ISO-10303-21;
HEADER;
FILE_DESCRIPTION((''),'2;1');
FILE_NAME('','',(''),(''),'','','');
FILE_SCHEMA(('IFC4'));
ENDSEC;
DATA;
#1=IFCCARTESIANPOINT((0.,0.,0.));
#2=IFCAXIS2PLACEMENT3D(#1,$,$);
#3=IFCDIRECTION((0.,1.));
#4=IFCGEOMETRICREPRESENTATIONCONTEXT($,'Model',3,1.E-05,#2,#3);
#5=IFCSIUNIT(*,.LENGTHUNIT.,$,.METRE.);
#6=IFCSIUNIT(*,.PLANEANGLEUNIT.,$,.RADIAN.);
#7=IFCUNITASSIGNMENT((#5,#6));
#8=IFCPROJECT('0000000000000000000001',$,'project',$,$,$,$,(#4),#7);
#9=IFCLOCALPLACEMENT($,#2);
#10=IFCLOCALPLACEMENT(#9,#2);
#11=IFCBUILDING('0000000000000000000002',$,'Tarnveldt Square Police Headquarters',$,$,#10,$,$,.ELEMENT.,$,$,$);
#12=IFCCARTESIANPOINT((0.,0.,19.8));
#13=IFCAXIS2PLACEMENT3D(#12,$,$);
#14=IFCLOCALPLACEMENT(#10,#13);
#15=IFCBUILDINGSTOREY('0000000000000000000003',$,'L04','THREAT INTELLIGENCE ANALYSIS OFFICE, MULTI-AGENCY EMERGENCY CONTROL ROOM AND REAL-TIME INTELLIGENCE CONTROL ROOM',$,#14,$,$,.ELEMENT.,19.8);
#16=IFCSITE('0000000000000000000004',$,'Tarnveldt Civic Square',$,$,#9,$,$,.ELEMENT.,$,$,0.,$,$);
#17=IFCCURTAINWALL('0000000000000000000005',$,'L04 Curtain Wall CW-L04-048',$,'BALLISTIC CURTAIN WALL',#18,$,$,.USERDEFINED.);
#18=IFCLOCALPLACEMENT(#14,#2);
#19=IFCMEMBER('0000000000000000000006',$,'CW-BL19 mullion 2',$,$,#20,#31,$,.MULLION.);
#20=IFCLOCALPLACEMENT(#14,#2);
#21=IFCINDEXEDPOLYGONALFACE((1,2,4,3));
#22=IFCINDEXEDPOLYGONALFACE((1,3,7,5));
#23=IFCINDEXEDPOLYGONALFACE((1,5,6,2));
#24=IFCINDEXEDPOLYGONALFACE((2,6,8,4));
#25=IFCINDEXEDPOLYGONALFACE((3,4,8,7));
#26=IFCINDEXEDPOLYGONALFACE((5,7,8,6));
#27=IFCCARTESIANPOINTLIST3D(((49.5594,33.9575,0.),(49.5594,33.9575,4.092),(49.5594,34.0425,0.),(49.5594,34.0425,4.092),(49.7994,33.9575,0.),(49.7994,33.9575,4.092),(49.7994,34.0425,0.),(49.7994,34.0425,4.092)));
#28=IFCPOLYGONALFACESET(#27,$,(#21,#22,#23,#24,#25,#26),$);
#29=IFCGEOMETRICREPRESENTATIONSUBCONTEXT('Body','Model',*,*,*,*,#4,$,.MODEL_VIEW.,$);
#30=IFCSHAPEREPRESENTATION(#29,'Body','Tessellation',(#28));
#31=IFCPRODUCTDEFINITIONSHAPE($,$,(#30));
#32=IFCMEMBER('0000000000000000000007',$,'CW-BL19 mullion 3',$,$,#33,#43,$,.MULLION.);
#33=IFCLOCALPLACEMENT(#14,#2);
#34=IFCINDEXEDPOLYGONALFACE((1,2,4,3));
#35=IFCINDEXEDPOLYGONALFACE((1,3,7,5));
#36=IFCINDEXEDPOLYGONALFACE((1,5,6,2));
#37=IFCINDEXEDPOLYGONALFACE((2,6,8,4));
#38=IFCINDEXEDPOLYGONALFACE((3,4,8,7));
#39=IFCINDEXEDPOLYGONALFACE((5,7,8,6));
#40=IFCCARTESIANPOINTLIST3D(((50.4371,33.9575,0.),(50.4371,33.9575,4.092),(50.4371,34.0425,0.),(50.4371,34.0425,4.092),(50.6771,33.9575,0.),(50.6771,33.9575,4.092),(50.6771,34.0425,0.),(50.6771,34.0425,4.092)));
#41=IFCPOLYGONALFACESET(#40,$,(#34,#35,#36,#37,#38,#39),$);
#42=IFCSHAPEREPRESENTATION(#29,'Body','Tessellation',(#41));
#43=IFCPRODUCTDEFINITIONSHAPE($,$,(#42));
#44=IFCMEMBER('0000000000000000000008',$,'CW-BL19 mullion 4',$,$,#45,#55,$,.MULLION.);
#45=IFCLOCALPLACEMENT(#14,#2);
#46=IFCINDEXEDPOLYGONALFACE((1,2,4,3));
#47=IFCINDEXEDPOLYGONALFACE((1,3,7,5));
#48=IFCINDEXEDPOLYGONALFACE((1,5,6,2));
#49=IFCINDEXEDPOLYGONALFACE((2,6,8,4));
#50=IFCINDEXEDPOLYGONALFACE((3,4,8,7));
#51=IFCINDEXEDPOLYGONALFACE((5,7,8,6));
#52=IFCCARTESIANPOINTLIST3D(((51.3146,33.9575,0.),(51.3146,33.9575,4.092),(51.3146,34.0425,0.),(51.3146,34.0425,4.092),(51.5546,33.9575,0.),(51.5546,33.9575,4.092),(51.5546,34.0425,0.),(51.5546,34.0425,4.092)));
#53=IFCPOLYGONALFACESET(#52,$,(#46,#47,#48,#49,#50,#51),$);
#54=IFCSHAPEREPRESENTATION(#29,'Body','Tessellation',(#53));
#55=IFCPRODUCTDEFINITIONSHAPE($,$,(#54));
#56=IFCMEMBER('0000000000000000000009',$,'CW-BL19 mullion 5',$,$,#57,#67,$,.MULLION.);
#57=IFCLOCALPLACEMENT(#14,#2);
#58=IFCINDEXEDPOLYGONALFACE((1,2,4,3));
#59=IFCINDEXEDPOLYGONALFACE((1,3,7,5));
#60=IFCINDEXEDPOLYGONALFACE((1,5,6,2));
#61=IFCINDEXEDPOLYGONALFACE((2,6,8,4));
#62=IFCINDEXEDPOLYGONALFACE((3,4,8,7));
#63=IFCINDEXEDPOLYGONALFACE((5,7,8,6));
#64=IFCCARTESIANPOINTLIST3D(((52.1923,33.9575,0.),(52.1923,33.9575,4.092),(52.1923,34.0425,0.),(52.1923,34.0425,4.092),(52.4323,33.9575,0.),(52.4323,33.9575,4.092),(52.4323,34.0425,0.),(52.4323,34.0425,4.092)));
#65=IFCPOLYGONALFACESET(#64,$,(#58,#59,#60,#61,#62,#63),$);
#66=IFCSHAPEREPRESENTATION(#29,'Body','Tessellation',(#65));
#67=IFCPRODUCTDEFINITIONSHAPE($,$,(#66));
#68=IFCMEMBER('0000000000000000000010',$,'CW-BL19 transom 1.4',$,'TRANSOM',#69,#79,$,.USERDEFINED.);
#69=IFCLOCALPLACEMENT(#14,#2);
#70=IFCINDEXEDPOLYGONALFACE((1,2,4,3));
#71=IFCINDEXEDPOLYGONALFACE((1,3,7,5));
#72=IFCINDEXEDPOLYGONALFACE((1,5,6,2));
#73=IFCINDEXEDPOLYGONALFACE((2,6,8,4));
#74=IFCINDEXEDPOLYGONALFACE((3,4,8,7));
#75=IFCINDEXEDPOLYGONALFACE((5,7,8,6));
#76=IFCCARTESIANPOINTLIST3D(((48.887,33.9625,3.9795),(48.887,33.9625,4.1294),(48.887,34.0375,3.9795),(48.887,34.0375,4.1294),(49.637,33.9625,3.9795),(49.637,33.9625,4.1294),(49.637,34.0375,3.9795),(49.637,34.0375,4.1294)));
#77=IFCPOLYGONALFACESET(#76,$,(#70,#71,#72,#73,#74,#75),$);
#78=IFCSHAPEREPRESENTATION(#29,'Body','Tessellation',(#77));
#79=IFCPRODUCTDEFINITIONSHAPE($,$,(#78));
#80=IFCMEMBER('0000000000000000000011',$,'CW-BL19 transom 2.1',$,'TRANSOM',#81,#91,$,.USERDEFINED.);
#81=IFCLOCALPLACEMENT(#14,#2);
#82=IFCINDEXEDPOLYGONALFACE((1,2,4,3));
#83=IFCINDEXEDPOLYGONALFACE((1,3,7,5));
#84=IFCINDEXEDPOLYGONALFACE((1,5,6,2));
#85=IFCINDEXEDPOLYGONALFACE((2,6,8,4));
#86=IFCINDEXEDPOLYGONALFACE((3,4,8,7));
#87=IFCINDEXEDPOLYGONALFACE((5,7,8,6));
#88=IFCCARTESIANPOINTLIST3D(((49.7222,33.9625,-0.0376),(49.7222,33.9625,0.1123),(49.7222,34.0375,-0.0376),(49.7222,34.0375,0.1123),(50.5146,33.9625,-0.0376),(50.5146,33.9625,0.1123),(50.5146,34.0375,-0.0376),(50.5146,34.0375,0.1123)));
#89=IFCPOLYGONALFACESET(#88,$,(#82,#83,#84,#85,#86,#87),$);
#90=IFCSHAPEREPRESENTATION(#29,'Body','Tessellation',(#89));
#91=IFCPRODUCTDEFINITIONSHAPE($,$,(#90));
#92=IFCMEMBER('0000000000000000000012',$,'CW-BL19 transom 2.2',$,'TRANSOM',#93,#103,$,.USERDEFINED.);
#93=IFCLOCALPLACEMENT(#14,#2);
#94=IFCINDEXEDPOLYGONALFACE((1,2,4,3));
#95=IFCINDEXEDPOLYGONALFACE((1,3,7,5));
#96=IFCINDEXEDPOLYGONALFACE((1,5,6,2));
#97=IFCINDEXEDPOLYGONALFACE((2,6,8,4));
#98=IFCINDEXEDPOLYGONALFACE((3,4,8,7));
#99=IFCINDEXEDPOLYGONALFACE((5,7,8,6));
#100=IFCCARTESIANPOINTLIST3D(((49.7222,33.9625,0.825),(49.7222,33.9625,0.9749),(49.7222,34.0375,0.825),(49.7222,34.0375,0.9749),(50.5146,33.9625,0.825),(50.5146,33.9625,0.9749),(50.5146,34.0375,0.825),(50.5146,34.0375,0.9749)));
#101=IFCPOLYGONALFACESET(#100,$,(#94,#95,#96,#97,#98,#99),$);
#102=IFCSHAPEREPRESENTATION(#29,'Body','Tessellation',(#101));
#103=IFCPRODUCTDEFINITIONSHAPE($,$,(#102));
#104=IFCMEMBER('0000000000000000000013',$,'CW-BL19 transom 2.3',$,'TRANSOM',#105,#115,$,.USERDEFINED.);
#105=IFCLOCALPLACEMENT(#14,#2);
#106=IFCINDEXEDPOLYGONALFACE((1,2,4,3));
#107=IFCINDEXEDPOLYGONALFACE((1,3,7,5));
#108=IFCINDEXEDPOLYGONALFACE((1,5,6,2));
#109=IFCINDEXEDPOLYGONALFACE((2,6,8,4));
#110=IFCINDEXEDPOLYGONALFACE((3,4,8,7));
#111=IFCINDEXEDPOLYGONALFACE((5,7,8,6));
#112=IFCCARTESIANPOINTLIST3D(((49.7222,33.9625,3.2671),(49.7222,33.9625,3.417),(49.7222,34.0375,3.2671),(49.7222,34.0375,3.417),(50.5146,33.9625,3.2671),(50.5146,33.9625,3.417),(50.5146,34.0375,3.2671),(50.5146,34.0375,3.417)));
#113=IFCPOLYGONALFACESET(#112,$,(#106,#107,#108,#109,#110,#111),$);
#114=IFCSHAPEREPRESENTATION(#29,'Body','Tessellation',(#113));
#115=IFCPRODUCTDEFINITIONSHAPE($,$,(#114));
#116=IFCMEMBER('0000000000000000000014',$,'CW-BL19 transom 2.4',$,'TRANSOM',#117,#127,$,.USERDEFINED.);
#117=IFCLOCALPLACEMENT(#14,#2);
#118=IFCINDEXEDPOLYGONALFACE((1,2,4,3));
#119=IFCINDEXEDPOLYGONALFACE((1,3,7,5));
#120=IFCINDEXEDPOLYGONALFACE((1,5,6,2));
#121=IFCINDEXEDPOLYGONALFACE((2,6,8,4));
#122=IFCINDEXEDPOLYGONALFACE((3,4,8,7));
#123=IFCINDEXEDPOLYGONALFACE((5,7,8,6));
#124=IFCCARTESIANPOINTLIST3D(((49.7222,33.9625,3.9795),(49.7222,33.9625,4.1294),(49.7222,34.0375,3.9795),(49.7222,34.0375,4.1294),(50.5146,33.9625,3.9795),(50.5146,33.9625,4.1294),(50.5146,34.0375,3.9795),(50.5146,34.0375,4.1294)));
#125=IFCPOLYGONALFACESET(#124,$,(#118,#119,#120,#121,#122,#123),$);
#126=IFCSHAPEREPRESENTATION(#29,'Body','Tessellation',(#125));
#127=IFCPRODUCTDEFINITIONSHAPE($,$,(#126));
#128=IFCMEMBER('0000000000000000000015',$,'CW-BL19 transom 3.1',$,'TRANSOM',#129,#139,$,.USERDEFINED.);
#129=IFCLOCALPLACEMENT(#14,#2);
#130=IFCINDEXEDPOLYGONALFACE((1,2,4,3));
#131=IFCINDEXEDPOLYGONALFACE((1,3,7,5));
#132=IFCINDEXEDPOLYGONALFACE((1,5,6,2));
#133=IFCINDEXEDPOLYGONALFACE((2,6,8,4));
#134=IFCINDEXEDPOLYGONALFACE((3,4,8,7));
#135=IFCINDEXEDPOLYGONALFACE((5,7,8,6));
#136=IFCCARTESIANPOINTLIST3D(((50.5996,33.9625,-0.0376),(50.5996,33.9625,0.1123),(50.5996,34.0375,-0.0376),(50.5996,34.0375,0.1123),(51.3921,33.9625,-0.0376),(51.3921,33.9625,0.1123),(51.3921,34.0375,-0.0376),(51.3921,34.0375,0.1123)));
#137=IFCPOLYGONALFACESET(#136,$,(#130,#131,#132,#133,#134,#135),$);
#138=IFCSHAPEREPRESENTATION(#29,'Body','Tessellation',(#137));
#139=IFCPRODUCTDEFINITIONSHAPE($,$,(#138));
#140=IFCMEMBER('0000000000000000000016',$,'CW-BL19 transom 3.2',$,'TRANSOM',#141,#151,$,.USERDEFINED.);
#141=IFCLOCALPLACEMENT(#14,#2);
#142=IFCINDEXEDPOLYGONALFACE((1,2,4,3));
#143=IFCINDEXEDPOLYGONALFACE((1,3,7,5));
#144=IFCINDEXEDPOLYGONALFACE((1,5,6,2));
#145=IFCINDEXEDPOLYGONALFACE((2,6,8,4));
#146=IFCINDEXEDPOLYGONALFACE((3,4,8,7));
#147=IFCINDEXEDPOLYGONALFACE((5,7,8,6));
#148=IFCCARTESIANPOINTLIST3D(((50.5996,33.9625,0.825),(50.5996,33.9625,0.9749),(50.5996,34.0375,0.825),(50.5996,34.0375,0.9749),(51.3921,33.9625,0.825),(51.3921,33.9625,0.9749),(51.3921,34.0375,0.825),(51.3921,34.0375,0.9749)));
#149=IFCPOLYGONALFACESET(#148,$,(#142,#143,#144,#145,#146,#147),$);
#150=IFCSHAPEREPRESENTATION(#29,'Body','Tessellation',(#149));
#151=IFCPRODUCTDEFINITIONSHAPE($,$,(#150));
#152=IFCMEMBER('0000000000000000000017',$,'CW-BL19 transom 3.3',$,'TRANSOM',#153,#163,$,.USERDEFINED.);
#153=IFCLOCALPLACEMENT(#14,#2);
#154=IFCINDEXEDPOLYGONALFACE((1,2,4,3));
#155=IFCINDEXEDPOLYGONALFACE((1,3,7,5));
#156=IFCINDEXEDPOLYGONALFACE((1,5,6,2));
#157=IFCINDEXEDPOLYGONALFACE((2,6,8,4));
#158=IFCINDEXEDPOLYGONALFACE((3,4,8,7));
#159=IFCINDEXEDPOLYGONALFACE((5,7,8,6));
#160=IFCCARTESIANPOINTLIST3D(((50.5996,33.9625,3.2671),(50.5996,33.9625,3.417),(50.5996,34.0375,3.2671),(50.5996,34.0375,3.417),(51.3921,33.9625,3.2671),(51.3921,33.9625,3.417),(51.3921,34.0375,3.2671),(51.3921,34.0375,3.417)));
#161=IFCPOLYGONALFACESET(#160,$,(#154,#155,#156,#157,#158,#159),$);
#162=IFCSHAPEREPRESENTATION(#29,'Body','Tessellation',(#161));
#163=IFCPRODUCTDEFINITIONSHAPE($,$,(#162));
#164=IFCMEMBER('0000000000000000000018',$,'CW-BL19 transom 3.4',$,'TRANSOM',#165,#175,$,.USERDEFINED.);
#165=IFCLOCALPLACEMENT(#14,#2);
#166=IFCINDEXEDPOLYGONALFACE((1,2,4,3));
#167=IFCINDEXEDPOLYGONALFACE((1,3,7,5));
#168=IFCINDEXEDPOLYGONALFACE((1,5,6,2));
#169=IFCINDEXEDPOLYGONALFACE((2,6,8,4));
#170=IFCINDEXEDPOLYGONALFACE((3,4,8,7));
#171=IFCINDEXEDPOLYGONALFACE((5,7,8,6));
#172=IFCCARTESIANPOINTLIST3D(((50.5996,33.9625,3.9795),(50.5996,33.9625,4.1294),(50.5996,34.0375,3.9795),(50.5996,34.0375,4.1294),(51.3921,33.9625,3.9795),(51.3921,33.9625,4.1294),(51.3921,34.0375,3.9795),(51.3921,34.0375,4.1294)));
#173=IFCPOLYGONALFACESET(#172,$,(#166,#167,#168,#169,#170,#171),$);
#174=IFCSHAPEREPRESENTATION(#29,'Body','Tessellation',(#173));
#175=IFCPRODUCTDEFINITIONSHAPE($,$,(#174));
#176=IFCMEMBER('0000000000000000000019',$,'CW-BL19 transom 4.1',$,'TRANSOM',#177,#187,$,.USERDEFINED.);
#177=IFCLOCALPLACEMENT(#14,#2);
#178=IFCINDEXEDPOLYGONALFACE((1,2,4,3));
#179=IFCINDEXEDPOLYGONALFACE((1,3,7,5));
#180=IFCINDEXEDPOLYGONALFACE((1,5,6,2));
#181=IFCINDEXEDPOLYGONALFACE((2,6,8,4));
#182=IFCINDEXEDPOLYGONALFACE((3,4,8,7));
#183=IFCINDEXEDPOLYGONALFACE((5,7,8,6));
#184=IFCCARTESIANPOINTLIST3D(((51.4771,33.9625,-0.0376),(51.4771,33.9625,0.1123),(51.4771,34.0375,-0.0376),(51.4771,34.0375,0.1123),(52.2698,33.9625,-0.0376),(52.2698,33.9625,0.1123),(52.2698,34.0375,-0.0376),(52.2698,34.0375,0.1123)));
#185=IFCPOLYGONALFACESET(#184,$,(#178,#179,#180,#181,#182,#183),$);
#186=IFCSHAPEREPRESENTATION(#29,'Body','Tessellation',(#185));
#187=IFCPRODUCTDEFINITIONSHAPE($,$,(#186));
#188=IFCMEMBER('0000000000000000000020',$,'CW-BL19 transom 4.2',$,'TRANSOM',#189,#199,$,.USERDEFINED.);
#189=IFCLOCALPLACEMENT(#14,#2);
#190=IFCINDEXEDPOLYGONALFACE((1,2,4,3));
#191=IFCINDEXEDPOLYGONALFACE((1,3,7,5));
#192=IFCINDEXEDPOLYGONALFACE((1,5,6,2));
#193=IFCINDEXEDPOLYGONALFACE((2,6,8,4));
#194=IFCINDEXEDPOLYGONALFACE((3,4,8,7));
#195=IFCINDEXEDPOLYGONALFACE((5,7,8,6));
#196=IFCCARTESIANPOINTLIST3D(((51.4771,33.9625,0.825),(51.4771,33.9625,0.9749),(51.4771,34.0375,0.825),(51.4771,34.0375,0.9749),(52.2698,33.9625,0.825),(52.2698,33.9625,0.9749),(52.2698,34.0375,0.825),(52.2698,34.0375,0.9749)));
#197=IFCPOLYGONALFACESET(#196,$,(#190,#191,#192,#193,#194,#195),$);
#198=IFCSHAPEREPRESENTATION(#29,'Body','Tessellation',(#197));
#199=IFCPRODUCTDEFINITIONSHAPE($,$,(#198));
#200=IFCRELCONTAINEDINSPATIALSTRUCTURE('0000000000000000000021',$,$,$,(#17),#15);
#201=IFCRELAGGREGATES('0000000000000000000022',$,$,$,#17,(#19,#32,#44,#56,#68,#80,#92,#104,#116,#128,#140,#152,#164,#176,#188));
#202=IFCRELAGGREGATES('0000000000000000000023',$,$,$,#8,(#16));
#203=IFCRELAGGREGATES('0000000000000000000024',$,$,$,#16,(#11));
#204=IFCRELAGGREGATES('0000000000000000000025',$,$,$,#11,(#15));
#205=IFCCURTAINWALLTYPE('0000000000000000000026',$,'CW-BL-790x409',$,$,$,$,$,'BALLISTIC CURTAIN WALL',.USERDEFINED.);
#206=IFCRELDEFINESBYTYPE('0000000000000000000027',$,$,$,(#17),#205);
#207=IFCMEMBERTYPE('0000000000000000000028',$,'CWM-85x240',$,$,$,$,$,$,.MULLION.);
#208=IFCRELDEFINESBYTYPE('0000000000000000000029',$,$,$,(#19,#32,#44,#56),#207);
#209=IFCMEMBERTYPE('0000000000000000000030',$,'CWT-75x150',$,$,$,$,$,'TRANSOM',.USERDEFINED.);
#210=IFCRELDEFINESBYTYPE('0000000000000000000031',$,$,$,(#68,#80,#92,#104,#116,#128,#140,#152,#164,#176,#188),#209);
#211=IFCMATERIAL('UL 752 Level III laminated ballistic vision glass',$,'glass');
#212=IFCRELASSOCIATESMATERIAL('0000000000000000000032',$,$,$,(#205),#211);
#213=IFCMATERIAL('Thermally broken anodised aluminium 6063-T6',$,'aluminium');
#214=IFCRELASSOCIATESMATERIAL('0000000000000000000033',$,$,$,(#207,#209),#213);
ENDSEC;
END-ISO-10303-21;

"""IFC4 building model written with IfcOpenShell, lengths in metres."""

from ifc_helpers import new_model, si_unit, direction, frame, origin, origin_2d, place, context, subcontext, project, spatial, rectangle, extrude, material, material_profile, profile_set, type_object, element, aggregate, save


model = new_model("IFC4")

# Units and contexts
model_context = context("Model", 3, precision=1e-05, world=origin(), true_north=direction((0.0, 1.0)))
body_context = subcontext(model_context, "Body", "Model", "MODEL_VIEW")
ifc_project = project(units=[si_unit("LENGTHUNIT", "METRE"), si_unit("PLANEANGLEUNIT", "RADIAN")], contexts=[model_context])

# Site, building, storey
site_placement = place(None, origin())
site = spatial("IfcSite", under=ifc_project, at=site_placement, Name="Tarnveldt Civic Square", CompositionType="ELEMENT", RefElevation=0.0)
building_placement = place(site_placement, origin())
building = spatial("IfcBuilding", under=site, at=building_placement, Name="Tarnveldt Square Police Headquarters", CompositionType="ELEMENT")
storey_placement = place(building_placement, frame((0.0, 0.0, 19.8)))
storey = spatial("IfcBuildingStorey", under=building, at=storey_placement, Name="L04", Description="THREAT INTELLIGENCE ANALYSIS OFFICE, MULTI-AGENCY EMERGENCY CONTROL ROOM AND REAL-TIME INTELLIGENCE CONTROL ROOM", CompositionType="ELEMENT", Elevation=19.8)

# Curtain wall, members
ifc_material_1 = material(Name="UL 752 Level III laminated ballistic vision glass", Category="glass")
curtain_wall_type = type_object("IfcCurtainWallType", Name="CW-BL-790x409", ElementType="BALLISTIC CURTAIN WALL", PredefinedType="USERDEFINED", material=ifc_material_1)
curtain_wall_placement = place(storey_placement, origin())
curtain_wall = element("IfcCurtainWall", 1, at=curtain_wall_placement, inside=storey, type_object=curtain_wall_type, Name="L04 Curtain Wall CW-L04-048", ObjectType="BALLISTIC CURTAIN WALL", PredefinedType="USERDEFINED")
ifc_material_2 = material(Name="Thermally broken anodised aluminium 6063-T6", Category="aluminium")
ifc_material_profile_1 = material_profile(ifc_material_2, rectangle(XDim=0.085, YDim=0.24, at=origin_2d()), Name="CW-M85x240")
ifc_profile_set_1 = profile_set([ifc_material_profile_1], Name="Thermally broken anodised aluminium 6063-T6")
member_type_1 = type_object("IfcMemberType", Name="CWM-85x240", PredefinedType="MULLION", material=ifc_profile_set_1)
member_1_placement = place(storey_placement, frame((49.6794, 34.0, 0.0), z_axis=(0.0, 0.0, 1.0), x_axis=(0.0, 1.0, 0.0)))
member_1 = element("IfcMember", 2, at=member_1_placement, type_object=member_type_1, Name="CW-BL19 mullion 2", PredefinedType="MULLION", context=body_context, shape_type="SweptSolid", body=[
    extrude(rectangle(XDim=0.085, YDim=0.24, at=origin_2d()), origin(), (0.0, 0.0, 1.0), 4.092),
])
member_2_placement = place(storey_placement, frame((50.5571, 34.0, 0.0), z_axis=(0.0, 0.0, 1.0), x_axis=(0.0, 1.0, 0.0)))
member_2 = element("IfcMember", 3, at=member_2_placement, type_object=member_type_1, Name="CW-BL19 mullion 3", PredefinedType="MULLION", context=body_context, shape_type="SweptSolid", body=[
    extrude(rectangle(XDim=0.085, YDim=0.24, at=origin_2d()), origin(), (0.0, 0.0, 1.0), 4.092),
])
member_3_placement = place(storey_placement, frame((51.4346, 34.0, 0.0), z_axis=(0.0, 0.0, 1.0), x_axis=(0.0, 1.0, 0.0)))
member_3 = element("IfcMember", 4, at=member_3_placement, type_object=member_type_1, Name="CW-BL19 mullion 4", PredefinedType="MULLION", context=body_context, shape_type="SweptSolid", body=[
    extrude(rectangle(XDim=0.085, YDim=0.24, at=origin_2d()), origin(), (0.0, 0.0, 1.0), 4.092),
])
member_4_placement = place(storey_placement, frame((52.3123, 34.0, 0.0), z_axis=(0.0, 0.0, 1.0), x_axis=(0.0, 1.0, 0.0)))
member_4 = element("IfcMember", 5, at=member_4_placement, type_object=member_type_1, Name="CW-BL19 mullion 5", PredefinedType="MULLION", context=body_context, shape_type="SweptSolid", body=[
    extrude(rectangle(XDim=0.085, YDim=0.24, at=origin_2d()), origin(), (0.0, 0.0, 1.0), 4.092),
])
ifc_material_profile_2 = material_profile(ifc_material_2, rectangle(XDim=0.075, YDim=0.1499, at=origin_2d()), Name="CW-T75x150")
ifc_profile_set_2 = profile_set([ifc_material_profile_2], Name="Thermally broken anodised aluminium 6063-T6")
member_type_2 = type_object("IfcMemberType", Name="CWT-75x150", ElementType="TRANSOM", PredefinedType="USERDEFINED", material=ifc_profile_set_2)
member_5_placement = place(storey_placement, frame((48.887, 34.0, 4.0544), z_axis=(1.0, 0.0, 0.0), x_axis=(0.0, 1.0, 0.0)))
member_5 = element("IfcMember", 6, at=member_5_placement, type_object=member_type_2, Name="CW-BL19 transom 1.4", ObjectType="TRANSOM", PredefinedType="USERDEFINED", context=body_context, shape_type="SweptSolid", body=[
    extrude(rectangle(XDim=0.075, YDim=0.1499, at=origin_2d()), origin(), (0.0, 0.0, 1.0), 0.75),
])
member_6_placement = place(storey_placement, frame((49.7222, 34.0, 0.0374), z_axis=(1.0, 0.0, 0.0), x_axis=(0.0, 1.0, 0.0)))
member_6 = element("IfcMember", 7, at=member_6_placement, type_object=member_type_2, Name="CW-BL19 transom 2.1", ObjectType="TRANSOM", PredefinedType="USERDEFINED", context=body_context, shape_type="SweptSolid", body=[
    extrude(rectangle(XDim=0.075, YDim=0.1499, at=origin_2d()), origin(), (0.0, 0.0, 1.0), 0.7925),
])
member_7_placement = place(storey_placement, frame((49.7222, 34.0, 0.8999), z_axis=(1.0, 0.0, 0.0), x_axis=(0.0, 1.0, 0.0)))
member_7 = element("IfcMember", 8, at=member_7_placement, type_object=member_type_2, Name="CW-BL19 transom 2.2", ObjectType="TRANSOM", PredefinedType="USERDEFINED", context=body_context, shape_type="SweptSolid", body=[
    extrude(rectangle(XDim=0.075, YDim=0.1499, at=origin_2d()), origin(), (0.0, 0.0, 1.0), 0.7925),
])
member_8_placement = place(storey_placement, frame((49.7222, 34.0, 3.342), z_axis=(1.0, 0.0, 0.0), x_axis=(0.0, 1.0, 0.0)))
member_8 = element("IfcMember", 9, at=member_8_placement, type_object=member_type_2, Name="CW-BL19 transom 2.3", ObjectType="TRANSOM", PredefinedType="USERDEFINED", context=body_context, shape_type="SweptSolid", body=[
    extrude(rectangle(XDim=0.075, YDim=0.1499, at=origin_2d()), origin(), (0.0, 0.0, 1.0), 0.7925),
])
member_9_placement = place(storey_placement, frame((49.7222, 34.0, 4.0544), z_axis=(1.0, 0.0, 0.0), x_axis=(0.0, 1.0, 0.0)))
member_9 = element("IfcMember", 10, at=member_9_placement, type_object=member_type_2, Name="CW-BL19 transom 2.4", ObjectType="TRANSOM", PredefinedType="USERDEFINED", context=body_context, shape_type="SweptSolid", body=[
    extrude(rectangle(XDim=0.075, YDim=0.1499, at=origin_2d()), origin(), (0.0, 0.0, 1.0), 0.7925),
])
member_10_placement = place(storey_placement, frame((50.5996, 34.0, 0.0374), z_axis=(1.0, 0.0, 0.0), x_axis=(0.0, 1.0, 0.0)))
member_10 = element("IfcMember", 11, at=member_10_placement, type_object=member_type_2, Name="CW-BL19 transom 3.1", ObjectType="TRANSOM", PredefinedType="USERDEFINED", context=body_context, shape_type="SweptSolid", body=[
    extrude(rectangle(XDim=0.075, YDim=0.1499, at=origin_2d()), origin(), (0.0, 0.0, 1.0), 0.7925),
])
member_11_placement = place(storey_placement, frame((50.5996, 34.0, 0.8999), z_axis=(1.0, 0.0, 0.0), x_axis=(0.0, 1.0, 0.0)))
member_11 = element("IfcMember", 12, at=member_11_placement, type_object=member_type_2, Name="CW-BL19 transom 3.2", ObjectType="TRANSOM", PredefinedType="USERDEFINED", context=body_context, shape_type="SweptSolid", body=[
    extrude(rectangle(XDim=0.075, YDim=0.1499, at=origin_2d()), origin(), (0.0, 0.0, 1.0), 0.7925),
])
member_12_placement = place(storey_placement, frame((50.5996, 34.0, 3.342), z_axis=(1.0, 0.0, 0.0), x_axis=(0.0, 1.0, 0.0)))
member_12 = element("IfcMember", 13, at=member_12_placement, type_object=member_type_2, Name="CW-BL19 transom 3.3", ObjectType="TRANSOM", PredefinedType="USERDEFINED", context=body_context, shape_type="SweptSolid", body=[
    extrude(rectangle(XDim=0.075, YDim=0.1499, at=origin_2d()), origin(), (0.0, 0.0, 1.0), 0.7925),
])
member_13_placement = place(storey_placement, frame((50.5996, 34.0, 4.0544), z_axis=(1.0, 0.0, 0.0), x_axis=(0.0, 1.0, 0.0)))
member_13 = element("IfcMember", 14, at=member_13_placement, type_object=member_type_2, Name="CW-BL19 transom 3.4", ObjectType="TRANSOM", PredefinedType="USERDEFINED", context=body_context, shape_type="SweptSolid", body=[
    extrude(rectangle(XDim=0.075, YDim=0.1499, at=origin_2d()), origin(), (0.0, 0.0, 1.0), 0.7925),
])
member_14_placement = place(storey_placement, frame((51.4771, 34.0, 0.0374), z_axis=(1.0, 0.0, 0.0), x_axis=(0.0, 1.0, 0.0)))
member_14 = element("IfcMember", 15, at=member_14_placement, type_object=member_type_2, Name="CW-BL19 transom 4.1", ObjectType="TRANSOM", PredefinedType="USERDEFINED", context=body_context, shape_type="SweptSolid", body=[
    extrude(rectangle(XDim=0.075, YDim=0.1499, at=origin_2d()), origin(), (0.0, 0.0, 1.0), 0.7927),
])
member_15_placement = place(storey_placement, frame((51.4771, 34.0, 0.8999), z_axis=(1.0, 0.0, 0.0), x_axis=(0.0, 1.0, 0.0)))
member_15 = element("IfcMember", 16, at=member_15_placement, type_object=member_type_2, Name="CW-BL19 transom 4.2", ObjectType="TRANSOM", PredefinedType="USERDEFINED", context=body_context, shape_type="SweptSolid", body=[
    extrude(rectangle(XDim=0.075, YDim=0.1499, at=origin_2d()), origin(), (0.0, 0.0, 1.0), 0.7927),
])

aggregate(curtain_wall, [member_1, member_2, member_3, member_4, member_5, member_6, member_7, member_8, member_9, member_10, member_11, member_12, member_13, member_14, member_15])

save(model, "model.ifc")
